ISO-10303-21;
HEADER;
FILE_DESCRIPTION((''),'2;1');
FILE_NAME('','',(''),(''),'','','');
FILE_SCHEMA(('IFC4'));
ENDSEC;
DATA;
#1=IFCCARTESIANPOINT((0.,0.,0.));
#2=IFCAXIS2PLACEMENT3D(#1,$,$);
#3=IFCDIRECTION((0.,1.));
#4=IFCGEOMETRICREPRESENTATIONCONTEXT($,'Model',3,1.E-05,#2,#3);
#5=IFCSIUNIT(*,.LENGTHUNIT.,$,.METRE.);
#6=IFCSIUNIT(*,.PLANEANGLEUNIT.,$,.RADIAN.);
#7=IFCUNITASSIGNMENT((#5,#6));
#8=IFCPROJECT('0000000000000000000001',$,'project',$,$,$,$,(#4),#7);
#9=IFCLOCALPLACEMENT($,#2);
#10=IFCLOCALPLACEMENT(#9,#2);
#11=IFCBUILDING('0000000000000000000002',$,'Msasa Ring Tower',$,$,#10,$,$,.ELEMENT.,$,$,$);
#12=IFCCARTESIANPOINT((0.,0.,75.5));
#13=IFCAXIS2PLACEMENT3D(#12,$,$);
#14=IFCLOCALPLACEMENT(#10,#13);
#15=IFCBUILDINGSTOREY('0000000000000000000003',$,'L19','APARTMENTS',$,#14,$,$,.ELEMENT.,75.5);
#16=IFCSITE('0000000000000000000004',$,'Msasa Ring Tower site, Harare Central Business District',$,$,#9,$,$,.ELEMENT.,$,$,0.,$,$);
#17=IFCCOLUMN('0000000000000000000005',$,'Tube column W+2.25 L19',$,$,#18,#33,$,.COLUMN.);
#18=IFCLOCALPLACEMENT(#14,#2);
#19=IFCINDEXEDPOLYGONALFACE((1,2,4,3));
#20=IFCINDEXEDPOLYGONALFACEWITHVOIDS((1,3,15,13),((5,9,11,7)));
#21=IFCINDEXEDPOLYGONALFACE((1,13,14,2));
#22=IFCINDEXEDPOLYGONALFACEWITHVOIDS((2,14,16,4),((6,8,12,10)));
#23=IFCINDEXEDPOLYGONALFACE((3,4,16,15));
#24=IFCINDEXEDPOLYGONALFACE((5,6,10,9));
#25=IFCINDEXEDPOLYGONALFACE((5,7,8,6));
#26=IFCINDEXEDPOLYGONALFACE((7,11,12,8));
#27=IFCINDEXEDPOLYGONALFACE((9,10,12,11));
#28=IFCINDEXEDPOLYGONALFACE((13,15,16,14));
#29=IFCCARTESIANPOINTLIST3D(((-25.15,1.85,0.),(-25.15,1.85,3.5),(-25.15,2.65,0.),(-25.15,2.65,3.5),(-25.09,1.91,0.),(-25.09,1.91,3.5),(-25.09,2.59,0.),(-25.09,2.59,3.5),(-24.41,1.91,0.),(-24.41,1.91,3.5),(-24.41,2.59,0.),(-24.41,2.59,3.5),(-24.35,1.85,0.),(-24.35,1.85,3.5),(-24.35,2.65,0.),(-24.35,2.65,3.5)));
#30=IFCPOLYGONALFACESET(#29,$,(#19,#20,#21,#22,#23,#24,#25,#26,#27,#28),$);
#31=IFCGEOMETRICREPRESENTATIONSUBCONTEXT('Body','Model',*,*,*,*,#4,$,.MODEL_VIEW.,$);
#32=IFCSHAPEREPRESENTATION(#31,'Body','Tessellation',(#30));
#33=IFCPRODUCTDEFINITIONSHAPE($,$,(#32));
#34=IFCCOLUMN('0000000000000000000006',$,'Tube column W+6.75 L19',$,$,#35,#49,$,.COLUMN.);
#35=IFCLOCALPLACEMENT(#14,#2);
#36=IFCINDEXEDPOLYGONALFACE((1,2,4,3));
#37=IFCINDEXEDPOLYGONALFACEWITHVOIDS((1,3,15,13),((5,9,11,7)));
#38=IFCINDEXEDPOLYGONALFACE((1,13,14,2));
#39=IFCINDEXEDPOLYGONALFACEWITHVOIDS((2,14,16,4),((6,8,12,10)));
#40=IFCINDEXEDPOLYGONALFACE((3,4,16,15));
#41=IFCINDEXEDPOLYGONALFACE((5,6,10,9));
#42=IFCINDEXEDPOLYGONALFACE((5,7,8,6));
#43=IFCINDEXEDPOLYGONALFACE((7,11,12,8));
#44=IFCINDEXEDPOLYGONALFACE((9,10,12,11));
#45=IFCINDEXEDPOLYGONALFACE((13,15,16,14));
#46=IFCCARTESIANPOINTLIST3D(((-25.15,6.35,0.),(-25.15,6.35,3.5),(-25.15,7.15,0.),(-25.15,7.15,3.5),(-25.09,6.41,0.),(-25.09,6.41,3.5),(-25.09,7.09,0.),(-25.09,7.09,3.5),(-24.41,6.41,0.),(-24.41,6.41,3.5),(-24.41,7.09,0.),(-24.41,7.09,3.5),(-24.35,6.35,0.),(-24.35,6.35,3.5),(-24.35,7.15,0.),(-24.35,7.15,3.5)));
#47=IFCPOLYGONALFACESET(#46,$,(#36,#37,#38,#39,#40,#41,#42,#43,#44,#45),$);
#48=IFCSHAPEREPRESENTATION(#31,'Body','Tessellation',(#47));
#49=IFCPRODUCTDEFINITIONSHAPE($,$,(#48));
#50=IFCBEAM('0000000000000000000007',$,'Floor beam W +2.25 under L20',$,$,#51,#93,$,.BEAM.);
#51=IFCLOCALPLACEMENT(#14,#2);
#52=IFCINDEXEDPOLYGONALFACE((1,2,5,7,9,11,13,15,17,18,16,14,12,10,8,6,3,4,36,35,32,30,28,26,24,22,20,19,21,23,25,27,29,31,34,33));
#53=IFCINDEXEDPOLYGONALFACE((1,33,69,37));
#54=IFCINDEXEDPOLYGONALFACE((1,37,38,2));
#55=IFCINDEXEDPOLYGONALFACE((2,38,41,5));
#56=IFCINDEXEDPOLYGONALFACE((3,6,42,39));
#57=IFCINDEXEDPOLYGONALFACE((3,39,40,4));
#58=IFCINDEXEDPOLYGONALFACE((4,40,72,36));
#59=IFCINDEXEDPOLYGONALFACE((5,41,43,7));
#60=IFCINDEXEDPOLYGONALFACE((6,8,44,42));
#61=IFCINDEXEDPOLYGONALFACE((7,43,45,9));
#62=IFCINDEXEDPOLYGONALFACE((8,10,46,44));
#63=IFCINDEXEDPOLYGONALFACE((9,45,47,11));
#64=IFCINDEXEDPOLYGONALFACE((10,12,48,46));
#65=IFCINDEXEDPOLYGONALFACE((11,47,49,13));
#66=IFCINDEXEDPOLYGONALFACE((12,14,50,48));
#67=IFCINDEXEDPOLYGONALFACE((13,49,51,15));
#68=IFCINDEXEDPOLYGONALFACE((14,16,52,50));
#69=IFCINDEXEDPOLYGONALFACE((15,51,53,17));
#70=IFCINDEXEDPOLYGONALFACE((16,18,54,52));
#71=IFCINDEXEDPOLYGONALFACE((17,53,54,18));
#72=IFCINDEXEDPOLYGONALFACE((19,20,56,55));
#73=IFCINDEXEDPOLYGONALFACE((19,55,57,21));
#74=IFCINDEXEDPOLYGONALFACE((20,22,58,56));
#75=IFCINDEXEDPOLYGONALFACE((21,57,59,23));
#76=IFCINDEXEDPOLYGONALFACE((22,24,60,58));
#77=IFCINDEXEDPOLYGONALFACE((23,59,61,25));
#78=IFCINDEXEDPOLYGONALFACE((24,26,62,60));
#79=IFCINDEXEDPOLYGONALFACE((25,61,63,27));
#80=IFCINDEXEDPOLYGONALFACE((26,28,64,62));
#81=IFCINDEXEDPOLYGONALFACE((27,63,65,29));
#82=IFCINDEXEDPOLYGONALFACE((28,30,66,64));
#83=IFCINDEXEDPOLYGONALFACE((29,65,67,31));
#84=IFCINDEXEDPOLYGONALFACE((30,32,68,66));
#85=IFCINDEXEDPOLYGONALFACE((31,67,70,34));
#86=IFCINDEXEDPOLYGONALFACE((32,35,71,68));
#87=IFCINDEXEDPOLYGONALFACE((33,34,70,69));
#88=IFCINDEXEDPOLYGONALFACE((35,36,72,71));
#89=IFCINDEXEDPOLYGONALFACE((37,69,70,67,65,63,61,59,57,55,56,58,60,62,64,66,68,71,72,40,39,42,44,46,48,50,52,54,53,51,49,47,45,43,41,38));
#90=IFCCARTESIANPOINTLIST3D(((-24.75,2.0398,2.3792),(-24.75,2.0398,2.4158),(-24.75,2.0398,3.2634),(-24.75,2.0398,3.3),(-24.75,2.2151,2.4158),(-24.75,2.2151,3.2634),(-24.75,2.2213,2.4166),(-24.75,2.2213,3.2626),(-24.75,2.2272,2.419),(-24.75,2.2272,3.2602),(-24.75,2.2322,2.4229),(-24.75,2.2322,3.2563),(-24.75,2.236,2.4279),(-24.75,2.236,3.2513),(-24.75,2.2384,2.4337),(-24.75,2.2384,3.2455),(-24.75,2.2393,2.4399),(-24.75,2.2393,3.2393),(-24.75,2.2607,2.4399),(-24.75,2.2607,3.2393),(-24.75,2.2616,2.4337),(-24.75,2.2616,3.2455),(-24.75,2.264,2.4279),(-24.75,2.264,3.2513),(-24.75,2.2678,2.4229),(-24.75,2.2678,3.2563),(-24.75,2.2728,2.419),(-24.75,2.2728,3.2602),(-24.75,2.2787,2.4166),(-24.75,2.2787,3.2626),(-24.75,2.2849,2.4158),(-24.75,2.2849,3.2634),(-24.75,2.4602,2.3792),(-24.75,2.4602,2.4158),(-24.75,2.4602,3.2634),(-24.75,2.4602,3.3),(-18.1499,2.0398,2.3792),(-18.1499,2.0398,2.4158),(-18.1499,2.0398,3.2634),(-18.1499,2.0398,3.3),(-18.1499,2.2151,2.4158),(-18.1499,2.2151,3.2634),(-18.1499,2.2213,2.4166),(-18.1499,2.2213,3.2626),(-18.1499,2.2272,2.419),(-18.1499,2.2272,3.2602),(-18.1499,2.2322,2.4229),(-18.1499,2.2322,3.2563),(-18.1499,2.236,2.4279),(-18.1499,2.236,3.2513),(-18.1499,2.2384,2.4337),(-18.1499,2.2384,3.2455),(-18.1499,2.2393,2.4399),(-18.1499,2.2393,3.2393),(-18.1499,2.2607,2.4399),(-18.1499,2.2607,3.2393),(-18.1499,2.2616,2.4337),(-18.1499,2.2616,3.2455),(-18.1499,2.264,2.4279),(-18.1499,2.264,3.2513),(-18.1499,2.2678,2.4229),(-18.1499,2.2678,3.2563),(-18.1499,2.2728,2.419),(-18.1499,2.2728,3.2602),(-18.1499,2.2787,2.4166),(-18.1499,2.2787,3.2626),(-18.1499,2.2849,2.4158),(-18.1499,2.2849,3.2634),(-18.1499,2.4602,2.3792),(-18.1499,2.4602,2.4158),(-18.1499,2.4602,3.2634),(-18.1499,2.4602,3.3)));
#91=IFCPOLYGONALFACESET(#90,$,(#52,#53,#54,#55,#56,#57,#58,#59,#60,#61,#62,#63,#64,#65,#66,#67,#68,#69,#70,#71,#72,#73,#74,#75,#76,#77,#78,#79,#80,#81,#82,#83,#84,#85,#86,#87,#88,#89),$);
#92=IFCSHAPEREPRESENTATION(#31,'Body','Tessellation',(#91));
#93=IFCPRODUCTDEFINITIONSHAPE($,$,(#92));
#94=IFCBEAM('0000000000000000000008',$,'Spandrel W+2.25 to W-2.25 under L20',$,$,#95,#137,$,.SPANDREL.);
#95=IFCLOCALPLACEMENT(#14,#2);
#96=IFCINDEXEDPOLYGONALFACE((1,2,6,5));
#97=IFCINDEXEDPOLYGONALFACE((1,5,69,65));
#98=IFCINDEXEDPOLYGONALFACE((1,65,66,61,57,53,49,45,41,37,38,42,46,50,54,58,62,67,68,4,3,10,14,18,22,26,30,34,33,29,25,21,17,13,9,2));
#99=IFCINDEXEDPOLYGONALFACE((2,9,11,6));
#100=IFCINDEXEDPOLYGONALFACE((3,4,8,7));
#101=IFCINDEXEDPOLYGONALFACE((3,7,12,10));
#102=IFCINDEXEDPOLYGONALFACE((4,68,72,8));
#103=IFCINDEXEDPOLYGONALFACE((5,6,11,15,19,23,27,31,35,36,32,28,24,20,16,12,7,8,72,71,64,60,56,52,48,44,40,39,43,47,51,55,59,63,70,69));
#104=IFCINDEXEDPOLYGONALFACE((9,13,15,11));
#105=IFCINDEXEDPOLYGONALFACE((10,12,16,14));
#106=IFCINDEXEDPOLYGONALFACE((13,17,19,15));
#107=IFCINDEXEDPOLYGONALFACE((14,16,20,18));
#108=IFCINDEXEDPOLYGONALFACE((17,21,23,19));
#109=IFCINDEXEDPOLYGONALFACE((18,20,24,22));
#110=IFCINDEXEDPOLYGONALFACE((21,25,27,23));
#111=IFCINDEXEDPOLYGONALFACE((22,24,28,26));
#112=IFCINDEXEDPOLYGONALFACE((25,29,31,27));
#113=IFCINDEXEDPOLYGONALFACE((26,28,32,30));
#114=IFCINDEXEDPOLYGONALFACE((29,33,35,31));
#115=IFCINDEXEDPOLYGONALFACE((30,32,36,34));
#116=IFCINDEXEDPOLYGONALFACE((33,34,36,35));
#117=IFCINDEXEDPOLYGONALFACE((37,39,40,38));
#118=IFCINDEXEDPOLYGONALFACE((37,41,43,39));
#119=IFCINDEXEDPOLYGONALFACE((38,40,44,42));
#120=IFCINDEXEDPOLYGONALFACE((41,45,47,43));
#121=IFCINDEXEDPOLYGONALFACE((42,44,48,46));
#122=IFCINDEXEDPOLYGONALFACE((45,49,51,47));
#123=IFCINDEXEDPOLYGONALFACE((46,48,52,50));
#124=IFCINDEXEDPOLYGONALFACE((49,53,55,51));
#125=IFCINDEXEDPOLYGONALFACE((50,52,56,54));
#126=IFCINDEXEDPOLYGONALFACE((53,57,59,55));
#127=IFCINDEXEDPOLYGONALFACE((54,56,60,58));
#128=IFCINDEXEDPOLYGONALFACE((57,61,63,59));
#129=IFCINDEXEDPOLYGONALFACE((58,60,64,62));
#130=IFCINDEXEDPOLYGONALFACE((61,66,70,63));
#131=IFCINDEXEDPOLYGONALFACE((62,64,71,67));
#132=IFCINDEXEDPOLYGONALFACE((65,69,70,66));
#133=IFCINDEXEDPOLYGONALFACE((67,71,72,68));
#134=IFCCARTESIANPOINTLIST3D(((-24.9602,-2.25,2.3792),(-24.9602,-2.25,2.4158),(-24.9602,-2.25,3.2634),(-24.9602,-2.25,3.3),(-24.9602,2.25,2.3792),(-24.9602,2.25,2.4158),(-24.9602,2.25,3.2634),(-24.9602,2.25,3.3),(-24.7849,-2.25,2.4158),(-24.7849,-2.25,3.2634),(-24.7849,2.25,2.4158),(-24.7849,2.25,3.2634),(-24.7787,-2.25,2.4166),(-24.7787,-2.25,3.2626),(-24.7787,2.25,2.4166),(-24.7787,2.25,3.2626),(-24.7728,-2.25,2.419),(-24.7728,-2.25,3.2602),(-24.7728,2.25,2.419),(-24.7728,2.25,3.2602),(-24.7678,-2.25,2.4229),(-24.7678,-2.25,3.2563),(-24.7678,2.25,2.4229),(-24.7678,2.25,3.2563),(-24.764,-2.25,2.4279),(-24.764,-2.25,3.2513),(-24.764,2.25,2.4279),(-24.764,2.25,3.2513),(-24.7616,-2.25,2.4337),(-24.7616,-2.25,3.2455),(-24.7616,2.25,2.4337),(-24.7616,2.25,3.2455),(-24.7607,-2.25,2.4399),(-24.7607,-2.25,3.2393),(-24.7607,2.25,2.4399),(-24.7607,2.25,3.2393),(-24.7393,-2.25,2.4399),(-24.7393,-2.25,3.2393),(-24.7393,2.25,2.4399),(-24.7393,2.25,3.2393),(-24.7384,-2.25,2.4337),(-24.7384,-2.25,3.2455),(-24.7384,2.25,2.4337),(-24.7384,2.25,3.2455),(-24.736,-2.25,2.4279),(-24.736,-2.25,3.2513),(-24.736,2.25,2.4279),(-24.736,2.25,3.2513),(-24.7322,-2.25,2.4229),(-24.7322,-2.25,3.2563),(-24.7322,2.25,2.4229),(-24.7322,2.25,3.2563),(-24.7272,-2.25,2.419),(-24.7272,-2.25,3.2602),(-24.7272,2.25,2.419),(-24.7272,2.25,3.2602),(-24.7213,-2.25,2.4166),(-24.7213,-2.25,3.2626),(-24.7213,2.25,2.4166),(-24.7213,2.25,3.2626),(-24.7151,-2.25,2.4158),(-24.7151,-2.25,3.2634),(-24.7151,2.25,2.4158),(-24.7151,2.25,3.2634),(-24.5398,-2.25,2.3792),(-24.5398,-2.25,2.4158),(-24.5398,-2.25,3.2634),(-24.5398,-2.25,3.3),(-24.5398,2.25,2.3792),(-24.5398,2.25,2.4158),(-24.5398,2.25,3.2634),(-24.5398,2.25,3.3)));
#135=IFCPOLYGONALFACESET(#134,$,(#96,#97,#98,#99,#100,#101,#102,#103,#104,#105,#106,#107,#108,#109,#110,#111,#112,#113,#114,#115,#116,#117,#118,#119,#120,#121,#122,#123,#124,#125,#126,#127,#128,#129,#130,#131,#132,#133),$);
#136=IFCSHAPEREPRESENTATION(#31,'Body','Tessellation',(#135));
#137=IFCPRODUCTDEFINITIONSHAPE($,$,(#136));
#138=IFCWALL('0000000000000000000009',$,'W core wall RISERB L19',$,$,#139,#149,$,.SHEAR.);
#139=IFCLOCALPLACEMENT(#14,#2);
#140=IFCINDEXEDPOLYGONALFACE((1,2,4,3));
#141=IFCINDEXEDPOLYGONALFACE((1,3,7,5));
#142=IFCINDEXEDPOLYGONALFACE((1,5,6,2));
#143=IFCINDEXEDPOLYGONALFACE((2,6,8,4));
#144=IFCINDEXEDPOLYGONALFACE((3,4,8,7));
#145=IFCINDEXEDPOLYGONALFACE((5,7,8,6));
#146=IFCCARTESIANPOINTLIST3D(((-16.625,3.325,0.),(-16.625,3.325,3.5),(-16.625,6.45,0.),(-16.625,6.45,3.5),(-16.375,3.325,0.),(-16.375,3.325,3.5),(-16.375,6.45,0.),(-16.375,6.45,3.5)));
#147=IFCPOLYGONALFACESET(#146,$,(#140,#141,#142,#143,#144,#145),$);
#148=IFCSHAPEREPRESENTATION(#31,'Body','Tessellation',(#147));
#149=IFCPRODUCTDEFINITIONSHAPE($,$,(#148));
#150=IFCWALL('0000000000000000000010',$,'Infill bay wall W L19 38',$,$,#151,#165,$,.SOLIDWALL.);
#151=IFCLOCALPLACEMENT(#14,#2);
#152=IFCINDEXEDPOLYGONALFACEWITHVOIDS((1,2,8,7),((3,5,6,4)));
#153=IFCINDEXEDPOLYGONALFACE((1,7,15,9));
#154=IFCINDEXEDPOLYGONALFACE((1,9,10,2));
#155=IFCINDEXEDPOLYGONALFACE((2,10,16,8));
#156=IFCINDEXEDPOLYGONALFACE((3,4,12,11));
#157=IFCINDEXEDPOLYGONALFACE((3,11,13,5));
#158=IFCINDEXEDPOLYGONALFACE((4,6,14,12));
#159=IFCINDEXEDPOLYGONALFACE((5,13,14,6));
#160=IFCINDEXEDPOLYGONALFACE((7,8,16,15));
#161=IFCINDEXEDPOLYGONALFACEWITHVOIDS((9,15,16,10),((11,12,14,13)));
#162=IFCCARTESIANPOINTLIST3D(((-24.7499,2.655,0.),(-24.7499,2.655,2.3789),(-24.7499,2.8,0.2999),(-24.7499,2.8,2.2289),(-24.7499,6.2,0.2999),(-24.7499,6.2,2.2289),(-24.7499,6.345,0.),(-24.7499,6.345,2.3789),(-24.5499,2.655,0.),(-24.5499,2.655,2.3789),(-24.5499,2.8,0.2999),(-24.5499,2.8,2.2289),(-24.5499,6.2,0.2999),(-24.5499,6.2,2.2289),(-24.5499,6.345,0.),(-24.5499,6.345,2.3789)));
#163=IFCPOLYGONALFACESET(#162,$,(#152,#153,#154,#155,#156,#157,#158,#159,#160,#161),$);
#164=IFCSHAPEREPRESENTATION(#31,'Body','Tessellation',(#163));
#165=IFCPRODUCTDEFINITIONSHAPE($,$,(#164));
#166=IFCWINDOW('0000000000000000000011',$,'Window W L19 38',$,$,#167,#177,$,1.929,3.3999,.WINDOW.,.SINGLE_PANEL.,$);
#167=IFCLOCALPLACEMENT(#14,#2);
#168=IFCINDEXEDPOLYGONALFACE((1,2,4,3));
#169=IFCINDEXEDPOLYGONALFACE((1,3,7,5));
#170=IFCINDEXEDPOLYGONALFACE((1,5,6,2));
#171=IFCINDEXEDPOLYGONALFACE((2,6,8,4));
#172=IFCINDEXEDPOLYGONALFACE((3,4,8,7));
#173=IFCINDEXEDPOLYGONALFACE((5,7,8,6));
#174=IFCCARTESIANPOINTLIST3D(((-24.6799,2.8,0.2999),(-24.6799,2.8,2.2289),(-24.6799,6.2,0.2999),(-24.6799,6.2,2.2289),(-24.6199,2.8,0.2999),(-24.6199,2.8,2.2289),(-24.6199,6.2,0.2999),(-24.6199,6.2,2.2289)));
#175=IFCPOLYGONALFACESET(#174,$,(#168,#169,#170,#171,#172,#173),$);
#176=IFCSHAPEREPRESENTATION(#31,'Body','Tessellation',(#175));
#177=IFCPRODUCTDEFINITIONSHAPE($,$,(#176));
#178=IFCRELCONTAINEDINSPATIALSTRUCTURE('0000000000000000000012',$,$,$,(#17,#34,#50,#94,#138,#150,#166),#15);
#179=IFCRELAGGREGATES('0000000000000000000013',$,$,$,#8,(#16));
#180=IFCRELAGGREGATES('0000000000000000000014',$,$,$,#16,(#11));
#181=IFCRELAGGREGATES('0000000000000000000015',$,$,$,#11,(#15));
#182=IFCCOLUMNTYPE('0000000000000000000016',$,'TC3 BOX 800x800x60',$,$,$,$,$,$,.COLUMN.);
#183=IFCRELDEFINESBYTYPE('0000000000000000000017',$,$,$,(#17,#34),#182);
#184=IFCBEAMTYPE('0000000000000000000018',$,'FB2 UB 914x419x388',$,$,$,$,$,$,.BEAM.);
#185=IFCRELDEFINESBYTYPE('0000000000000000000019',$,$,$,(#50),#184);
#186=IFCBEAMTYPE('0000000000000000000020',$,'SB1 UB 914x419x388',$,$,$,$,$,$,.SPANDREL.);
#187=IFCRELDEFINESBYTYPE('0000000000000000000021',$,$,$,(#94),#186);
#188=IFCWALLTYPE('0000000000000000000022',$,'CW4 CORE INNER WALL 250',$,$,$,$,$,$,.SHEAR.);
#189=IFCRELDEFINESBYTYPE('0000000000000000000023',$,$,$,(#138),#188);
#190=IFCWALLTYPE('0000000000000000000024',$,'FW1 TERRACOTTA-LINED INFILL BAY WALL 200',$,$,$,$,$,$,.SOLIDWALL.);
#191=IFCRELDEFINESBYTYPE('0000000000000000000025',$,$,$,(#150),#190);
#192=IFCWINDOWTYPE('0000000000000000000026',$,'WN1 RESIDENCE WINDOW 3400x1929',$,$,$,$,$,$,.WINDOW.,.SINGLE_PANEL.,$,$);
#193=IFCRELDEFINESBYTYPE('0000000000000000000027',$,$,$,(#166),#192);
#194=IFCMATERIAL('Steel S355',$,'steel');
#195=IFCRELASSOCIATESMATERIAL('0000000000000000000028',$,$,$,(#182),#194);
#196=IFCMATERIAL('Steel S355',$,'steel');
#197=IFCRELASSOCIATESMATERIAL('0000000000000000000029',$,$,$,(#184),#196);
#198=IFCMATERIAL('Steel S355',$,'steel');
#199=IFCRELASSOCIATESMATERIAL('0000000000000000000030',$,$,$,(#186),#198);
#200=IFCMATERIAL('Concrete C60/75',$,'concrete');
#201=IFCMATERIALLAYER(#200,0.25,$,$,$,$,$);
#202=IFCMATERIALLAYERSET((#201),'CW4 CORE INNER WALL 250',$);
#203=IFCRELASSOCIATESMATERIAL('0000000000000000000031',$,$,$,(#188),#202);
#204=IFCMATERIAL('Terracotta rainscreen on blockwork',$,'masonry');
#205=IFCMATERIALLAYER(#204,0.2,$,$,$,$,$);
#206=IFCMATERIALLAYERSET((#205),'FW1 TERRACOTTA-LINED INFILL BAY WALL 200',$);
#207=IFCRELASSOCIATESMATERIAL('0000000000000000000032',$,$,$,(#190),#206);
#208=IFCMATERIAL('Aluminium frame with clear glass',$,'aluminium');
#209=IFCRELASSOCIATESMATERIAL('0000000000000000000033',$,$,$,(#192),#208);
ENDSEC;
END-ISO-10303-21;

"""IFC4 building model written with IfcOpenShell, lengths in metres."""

from ifc_helpers import new_model, si_unit, direction, frame, frame_2d, origin, origin_2d, place, context, subcontext, project, spatial, rectangle, hollow_rectangle, i_section, extrude, material, layer, layer_set, material_profile, profile_set, type_object, element, fill, save


model = new_model("IFC4")

# Units and contexts
model_context = context("Model", 3, precision=1e-05, world=origin(), true_north=direction((0.0, 1.0)))
body_context = subcontext(model_context, "Body", "Model", "MODEL_VIEW")
ifc_project = project(units=[si_unit("LENGTHUNIT", "METRE"), si_unit("PLANEANGLEUNIT", "RADIAN")], contexts=[model_context])

# Site, building, storey
site_placement = place(None, origin())
site = spatial("IfcSite", under=ifc_project, at=site_placement, Name="Msasa Ring Tower site, Harare Central Business District", CompositionType="ELEMENT", RefElevation=0.0)
building_placement = place(site_placement, origin())
building = spatial("IfcBuilding", under=site, at=building_placement, Name="Msasa Ring Tower", CompositionType="ELEMENT")
storey_placement = place(building_placement, frame((0.0, 0.0, 75.5)))
storey = spatial("IfcBuildingStorey", under=building, at=storey_placement, Name="L19", Description="APARTMENTS", CompositionType="ELEMENT", Elevation=75.5)

# Columns
ifc_material_1 = material(Name="Steel S355", Category="steel")
ifc_material_profile_1 = material_profile(ifc_material_1, hollow_rectangle(XDim=0.8, YDim=0.8, WallThickness=0.0601, at=origin_2d()), Name="BOX 800x800x60")
ifc_profile_set_1 = profile_set([ifc_material_profile_1], Name="Steel S355")
column_type = type_object("IfcColumnType", Name="TC3 BOX 800x800x60", PredefinedType="COLUMN", material=ifc_profile_set_1)
for number, where, z_axis, x_axis, name in (
    (1, (-24.75, 2.25, 0.0), (0.0, 0.0, 1.0), (1.0, 0.0, 0.0), "Tube column W+2.25 L19"),
    (2, (-24.75, 6.75, 0.0), (0.0, 0.0, 1.0), (1.0, 0.0, 0.0), "Tube column W+6.75 L19"),
):
    element("IfcColumn", number, at=place(storey_placement, frame(where, z_axis=z_axis, x_axis=x_axis)), inside=storey, type_object=column_type, Name=name, PredefinedType="COLUMN", context=body_context, shape_type="SweptSolid", body=[
        extrude(hollow_rectangle(XDim=0.8, YDim=0.8, WallThickness=0.0601, at=origin_2d()), origin(), (0.0, 0.0, 1.0), 3.5),
    ])

# Beams
ifc_material_2 = material(Name="Steel S355", Category="steel")
ifc_material_profile_2 = material_profile(ifc_material_2, i_section(OverallWidth=0.4204, OverallDepth=0.9209, WebThickness=0.0215, FlangeThickness=0.0366, FilletRadius=0.0242, at=origin_2d()), Name="UB 914x419x388")
ifc_profile_set_2 = profile_set([ifc_material_profile_2], Name="Steel S355")
beam_type_1 = type_object("IfcBeamType", Name="FB2 UB 914x419x388", PredefinedType="BEAM", material=ifc_profile_set_2)
beam_1_placement = place(storey_placement, frame((-24.75, 2.25, 2.8396), z_axis=(1.0, 0.0, 0.0), x_axis=(0.0, 1.0, 0.0)))
element("IfcBeam", 3, at=beam_1_placement, inside=storey, type_object=beam_type_1, Name="Floor beam W +2.25 under L20", PredefinedType="BEAM", context=body_context, shape_type="SweptSolid", body=[
    extrude(i_section(OverallWidth=0.4204, OverallDepth=0.9209, WebThickness=0.0215, FlangeThickness=0.0366, FilletRadius=0.0242, at=origin_2d()), origin(), (0.0, 0.0, 1.0), 6.6001),
])
ifc_material_3 = material(Name="Steel S355", Category="steel")
ifc_material_profile_3 = material_profile(ifc_material_3, i_section(OverallWidth=0.4204, OverallDepth=0.9209, WebThickness=0.0215, FlangeThickness=0.0366, FilletRadius=0.0242, at=origin_2d()), Name="UB 914x419x388")
ifc_profile_set_3 = profile_set([ifc_material_profile_3], Name="Steel S355")
beam_type_2 = type_object("IfcBeamType", Name="SB1 UB 914x419x388", PredefinedType="SPANDREL", material=ifc_profile_set_3)
beam_2_placement = place(storey_placement, frame((-24.75, 2.25, 2.8396), z_axis=(0.0, -1.0, 0.0), x_axis=(1.0, 0.0, 0.0)))
element("IfcBeam", 4, at=beam_2_placement, inside=storey, type_object=beam_type_2, Name="Spandrel W+2.25 to W-2.25 under L20", PredefinedType="SPANDREL", context=body_context, shape_type="SweptSolid", body=[
    extrude(i_section(OverallWidth=0.4204, OverallDepth=0.9209, WebThickness=0.0215, FlangeThickness=0.0366, FilletRadius=0.0242, at=origin_2d()), origin(), (0.0, 0.0, 1.0), 4.5),
])

# Wall
ifc_material_4 = material(Name="Concrete C60/75", Category="concrete")
ifc_layer_1 = layer(ifc_material_4, 0.25)
ifc_layer_set_1 = layer_set([ifc_layer_1], Name="CW4 CORE INNER WALL 250")
wall_type_1 = type_object("IfcWallType", Name="CW4 CORE INNER WALL 250", PredefinedType="SHEAR", material=ifc_layer_set_1)
wall_1_placement = place(storey_placement, frame((-16.5, 3.325, 0.0), z_axis=(0.0, 0.0, 1.0), x_axis=(0.0, 1.0, 0.0)))
element("IfcWall", 5, at=wall_1_placement, inside=storey, type_object=wall_type_1, Name="W core wall RISERB L19", PredefinedType="SHEAR", context=body_context, shape_type="SweptSolid", body=[
    extrude(rectangle(XDim=3.125, YDim=0.25, at=frame_2d((1.5625, 0.0))), origin(), (0.0, 0.0, 1.0), 3.5),
])

# Wall, opening, window
ifc_material_5 = material(Name="Terracotta rainscreen on blockwork", Category="masonry")
ifc_layer_2 = layer(ifc_material_5, 0.2)
ifc_layer_set_2 = layer_set([ifc_layer_2], Name="FW1 TERRACOTTA-LINED INFILL BAY WALL 200")
wall_type_2 = type_object("IfcWallType", Name="FW1 TERRACOTTA-LINED INFILL BAY WALL 200", PredefinedType="SOLIDWALL", material=ifc_layer_set_2)
wall_2_placement = place(storey_placement, frame((-24.6499, 2.655, 0.0), z_axis=(0.0, 0.0, 1.0), x_axis=(0.0, 1.0, 0.0)))
wall_2 = element("IfcWall", 6, at=wall_2_placement, inside=storey, type_object=wall_type_2, Name="Infill bay wall W L19 38", PredefinedType="SOLIDWALL", context=body_context, shape_type="SweptSolid", body=[
    extrude(rectangle(XDim=3.6899, YDim=0.2, at=frame_2d((1.845, 0.0))), origin(), (0.0, 0.0, 1.0), 2.3789),
])
opening_1_placement = place(wall_2_placement, frame((0.145, 0.0, 0.3)))
opening_1 = element("IfcOpeningElement", 7, at=opening_1_placement, cuts=wall_2, PredefinedType="OPENING", context=body_context, shape_type="SweptSolid", body=[
    extrude(rectangle(XDim=3.3999, YDim=1.929, at=frame_2d((1.7, 0.9644))), frame((0.0, 0.1099, 0.0), z_axis=(0.0, -1.0, 0.0), x_axis=(1.0, 0.0, 0.0)), (0.0, 0.0, 1.0), 0.22),
])
ifc_material_6 = material(Name="Aluminium frame with clear glass", Category="aluminium")
window_type = type_object("IfcWindowType", Name="WN1 RESIDENCE WINDOW 3400x1929", PartitioningType="SINGLE_PANEL", PredefinedType="WINDOW", material=ifc_material_6)
window_placement = place(opening_1_placement, origin())
window = element("IfcWindow", 8, at=window_placement, inside=storey, type_object=window_type, Name="Window W L19 38", OverallHeight=1.929, OverallWidth=3.3999, PartitioningType="SINGLE_PANEL", PredefinedType="WINDOW", context=body_context, shape_type="SweptSolid", body=[
    extrude(rectangle(XDim=3.3999, YDim=1.929, at=frame_2d((1.7, 0.9644))), frame((0.0, 0.03, 0.0), z_axis=(0.0, -1.0, 0.0), x_axis=(1.0, 0.0, 0.0)), (0.0, 0.0, 1.0), 0.0601),
])
fill(opening_1, window)

save(model, "model.ifc")
